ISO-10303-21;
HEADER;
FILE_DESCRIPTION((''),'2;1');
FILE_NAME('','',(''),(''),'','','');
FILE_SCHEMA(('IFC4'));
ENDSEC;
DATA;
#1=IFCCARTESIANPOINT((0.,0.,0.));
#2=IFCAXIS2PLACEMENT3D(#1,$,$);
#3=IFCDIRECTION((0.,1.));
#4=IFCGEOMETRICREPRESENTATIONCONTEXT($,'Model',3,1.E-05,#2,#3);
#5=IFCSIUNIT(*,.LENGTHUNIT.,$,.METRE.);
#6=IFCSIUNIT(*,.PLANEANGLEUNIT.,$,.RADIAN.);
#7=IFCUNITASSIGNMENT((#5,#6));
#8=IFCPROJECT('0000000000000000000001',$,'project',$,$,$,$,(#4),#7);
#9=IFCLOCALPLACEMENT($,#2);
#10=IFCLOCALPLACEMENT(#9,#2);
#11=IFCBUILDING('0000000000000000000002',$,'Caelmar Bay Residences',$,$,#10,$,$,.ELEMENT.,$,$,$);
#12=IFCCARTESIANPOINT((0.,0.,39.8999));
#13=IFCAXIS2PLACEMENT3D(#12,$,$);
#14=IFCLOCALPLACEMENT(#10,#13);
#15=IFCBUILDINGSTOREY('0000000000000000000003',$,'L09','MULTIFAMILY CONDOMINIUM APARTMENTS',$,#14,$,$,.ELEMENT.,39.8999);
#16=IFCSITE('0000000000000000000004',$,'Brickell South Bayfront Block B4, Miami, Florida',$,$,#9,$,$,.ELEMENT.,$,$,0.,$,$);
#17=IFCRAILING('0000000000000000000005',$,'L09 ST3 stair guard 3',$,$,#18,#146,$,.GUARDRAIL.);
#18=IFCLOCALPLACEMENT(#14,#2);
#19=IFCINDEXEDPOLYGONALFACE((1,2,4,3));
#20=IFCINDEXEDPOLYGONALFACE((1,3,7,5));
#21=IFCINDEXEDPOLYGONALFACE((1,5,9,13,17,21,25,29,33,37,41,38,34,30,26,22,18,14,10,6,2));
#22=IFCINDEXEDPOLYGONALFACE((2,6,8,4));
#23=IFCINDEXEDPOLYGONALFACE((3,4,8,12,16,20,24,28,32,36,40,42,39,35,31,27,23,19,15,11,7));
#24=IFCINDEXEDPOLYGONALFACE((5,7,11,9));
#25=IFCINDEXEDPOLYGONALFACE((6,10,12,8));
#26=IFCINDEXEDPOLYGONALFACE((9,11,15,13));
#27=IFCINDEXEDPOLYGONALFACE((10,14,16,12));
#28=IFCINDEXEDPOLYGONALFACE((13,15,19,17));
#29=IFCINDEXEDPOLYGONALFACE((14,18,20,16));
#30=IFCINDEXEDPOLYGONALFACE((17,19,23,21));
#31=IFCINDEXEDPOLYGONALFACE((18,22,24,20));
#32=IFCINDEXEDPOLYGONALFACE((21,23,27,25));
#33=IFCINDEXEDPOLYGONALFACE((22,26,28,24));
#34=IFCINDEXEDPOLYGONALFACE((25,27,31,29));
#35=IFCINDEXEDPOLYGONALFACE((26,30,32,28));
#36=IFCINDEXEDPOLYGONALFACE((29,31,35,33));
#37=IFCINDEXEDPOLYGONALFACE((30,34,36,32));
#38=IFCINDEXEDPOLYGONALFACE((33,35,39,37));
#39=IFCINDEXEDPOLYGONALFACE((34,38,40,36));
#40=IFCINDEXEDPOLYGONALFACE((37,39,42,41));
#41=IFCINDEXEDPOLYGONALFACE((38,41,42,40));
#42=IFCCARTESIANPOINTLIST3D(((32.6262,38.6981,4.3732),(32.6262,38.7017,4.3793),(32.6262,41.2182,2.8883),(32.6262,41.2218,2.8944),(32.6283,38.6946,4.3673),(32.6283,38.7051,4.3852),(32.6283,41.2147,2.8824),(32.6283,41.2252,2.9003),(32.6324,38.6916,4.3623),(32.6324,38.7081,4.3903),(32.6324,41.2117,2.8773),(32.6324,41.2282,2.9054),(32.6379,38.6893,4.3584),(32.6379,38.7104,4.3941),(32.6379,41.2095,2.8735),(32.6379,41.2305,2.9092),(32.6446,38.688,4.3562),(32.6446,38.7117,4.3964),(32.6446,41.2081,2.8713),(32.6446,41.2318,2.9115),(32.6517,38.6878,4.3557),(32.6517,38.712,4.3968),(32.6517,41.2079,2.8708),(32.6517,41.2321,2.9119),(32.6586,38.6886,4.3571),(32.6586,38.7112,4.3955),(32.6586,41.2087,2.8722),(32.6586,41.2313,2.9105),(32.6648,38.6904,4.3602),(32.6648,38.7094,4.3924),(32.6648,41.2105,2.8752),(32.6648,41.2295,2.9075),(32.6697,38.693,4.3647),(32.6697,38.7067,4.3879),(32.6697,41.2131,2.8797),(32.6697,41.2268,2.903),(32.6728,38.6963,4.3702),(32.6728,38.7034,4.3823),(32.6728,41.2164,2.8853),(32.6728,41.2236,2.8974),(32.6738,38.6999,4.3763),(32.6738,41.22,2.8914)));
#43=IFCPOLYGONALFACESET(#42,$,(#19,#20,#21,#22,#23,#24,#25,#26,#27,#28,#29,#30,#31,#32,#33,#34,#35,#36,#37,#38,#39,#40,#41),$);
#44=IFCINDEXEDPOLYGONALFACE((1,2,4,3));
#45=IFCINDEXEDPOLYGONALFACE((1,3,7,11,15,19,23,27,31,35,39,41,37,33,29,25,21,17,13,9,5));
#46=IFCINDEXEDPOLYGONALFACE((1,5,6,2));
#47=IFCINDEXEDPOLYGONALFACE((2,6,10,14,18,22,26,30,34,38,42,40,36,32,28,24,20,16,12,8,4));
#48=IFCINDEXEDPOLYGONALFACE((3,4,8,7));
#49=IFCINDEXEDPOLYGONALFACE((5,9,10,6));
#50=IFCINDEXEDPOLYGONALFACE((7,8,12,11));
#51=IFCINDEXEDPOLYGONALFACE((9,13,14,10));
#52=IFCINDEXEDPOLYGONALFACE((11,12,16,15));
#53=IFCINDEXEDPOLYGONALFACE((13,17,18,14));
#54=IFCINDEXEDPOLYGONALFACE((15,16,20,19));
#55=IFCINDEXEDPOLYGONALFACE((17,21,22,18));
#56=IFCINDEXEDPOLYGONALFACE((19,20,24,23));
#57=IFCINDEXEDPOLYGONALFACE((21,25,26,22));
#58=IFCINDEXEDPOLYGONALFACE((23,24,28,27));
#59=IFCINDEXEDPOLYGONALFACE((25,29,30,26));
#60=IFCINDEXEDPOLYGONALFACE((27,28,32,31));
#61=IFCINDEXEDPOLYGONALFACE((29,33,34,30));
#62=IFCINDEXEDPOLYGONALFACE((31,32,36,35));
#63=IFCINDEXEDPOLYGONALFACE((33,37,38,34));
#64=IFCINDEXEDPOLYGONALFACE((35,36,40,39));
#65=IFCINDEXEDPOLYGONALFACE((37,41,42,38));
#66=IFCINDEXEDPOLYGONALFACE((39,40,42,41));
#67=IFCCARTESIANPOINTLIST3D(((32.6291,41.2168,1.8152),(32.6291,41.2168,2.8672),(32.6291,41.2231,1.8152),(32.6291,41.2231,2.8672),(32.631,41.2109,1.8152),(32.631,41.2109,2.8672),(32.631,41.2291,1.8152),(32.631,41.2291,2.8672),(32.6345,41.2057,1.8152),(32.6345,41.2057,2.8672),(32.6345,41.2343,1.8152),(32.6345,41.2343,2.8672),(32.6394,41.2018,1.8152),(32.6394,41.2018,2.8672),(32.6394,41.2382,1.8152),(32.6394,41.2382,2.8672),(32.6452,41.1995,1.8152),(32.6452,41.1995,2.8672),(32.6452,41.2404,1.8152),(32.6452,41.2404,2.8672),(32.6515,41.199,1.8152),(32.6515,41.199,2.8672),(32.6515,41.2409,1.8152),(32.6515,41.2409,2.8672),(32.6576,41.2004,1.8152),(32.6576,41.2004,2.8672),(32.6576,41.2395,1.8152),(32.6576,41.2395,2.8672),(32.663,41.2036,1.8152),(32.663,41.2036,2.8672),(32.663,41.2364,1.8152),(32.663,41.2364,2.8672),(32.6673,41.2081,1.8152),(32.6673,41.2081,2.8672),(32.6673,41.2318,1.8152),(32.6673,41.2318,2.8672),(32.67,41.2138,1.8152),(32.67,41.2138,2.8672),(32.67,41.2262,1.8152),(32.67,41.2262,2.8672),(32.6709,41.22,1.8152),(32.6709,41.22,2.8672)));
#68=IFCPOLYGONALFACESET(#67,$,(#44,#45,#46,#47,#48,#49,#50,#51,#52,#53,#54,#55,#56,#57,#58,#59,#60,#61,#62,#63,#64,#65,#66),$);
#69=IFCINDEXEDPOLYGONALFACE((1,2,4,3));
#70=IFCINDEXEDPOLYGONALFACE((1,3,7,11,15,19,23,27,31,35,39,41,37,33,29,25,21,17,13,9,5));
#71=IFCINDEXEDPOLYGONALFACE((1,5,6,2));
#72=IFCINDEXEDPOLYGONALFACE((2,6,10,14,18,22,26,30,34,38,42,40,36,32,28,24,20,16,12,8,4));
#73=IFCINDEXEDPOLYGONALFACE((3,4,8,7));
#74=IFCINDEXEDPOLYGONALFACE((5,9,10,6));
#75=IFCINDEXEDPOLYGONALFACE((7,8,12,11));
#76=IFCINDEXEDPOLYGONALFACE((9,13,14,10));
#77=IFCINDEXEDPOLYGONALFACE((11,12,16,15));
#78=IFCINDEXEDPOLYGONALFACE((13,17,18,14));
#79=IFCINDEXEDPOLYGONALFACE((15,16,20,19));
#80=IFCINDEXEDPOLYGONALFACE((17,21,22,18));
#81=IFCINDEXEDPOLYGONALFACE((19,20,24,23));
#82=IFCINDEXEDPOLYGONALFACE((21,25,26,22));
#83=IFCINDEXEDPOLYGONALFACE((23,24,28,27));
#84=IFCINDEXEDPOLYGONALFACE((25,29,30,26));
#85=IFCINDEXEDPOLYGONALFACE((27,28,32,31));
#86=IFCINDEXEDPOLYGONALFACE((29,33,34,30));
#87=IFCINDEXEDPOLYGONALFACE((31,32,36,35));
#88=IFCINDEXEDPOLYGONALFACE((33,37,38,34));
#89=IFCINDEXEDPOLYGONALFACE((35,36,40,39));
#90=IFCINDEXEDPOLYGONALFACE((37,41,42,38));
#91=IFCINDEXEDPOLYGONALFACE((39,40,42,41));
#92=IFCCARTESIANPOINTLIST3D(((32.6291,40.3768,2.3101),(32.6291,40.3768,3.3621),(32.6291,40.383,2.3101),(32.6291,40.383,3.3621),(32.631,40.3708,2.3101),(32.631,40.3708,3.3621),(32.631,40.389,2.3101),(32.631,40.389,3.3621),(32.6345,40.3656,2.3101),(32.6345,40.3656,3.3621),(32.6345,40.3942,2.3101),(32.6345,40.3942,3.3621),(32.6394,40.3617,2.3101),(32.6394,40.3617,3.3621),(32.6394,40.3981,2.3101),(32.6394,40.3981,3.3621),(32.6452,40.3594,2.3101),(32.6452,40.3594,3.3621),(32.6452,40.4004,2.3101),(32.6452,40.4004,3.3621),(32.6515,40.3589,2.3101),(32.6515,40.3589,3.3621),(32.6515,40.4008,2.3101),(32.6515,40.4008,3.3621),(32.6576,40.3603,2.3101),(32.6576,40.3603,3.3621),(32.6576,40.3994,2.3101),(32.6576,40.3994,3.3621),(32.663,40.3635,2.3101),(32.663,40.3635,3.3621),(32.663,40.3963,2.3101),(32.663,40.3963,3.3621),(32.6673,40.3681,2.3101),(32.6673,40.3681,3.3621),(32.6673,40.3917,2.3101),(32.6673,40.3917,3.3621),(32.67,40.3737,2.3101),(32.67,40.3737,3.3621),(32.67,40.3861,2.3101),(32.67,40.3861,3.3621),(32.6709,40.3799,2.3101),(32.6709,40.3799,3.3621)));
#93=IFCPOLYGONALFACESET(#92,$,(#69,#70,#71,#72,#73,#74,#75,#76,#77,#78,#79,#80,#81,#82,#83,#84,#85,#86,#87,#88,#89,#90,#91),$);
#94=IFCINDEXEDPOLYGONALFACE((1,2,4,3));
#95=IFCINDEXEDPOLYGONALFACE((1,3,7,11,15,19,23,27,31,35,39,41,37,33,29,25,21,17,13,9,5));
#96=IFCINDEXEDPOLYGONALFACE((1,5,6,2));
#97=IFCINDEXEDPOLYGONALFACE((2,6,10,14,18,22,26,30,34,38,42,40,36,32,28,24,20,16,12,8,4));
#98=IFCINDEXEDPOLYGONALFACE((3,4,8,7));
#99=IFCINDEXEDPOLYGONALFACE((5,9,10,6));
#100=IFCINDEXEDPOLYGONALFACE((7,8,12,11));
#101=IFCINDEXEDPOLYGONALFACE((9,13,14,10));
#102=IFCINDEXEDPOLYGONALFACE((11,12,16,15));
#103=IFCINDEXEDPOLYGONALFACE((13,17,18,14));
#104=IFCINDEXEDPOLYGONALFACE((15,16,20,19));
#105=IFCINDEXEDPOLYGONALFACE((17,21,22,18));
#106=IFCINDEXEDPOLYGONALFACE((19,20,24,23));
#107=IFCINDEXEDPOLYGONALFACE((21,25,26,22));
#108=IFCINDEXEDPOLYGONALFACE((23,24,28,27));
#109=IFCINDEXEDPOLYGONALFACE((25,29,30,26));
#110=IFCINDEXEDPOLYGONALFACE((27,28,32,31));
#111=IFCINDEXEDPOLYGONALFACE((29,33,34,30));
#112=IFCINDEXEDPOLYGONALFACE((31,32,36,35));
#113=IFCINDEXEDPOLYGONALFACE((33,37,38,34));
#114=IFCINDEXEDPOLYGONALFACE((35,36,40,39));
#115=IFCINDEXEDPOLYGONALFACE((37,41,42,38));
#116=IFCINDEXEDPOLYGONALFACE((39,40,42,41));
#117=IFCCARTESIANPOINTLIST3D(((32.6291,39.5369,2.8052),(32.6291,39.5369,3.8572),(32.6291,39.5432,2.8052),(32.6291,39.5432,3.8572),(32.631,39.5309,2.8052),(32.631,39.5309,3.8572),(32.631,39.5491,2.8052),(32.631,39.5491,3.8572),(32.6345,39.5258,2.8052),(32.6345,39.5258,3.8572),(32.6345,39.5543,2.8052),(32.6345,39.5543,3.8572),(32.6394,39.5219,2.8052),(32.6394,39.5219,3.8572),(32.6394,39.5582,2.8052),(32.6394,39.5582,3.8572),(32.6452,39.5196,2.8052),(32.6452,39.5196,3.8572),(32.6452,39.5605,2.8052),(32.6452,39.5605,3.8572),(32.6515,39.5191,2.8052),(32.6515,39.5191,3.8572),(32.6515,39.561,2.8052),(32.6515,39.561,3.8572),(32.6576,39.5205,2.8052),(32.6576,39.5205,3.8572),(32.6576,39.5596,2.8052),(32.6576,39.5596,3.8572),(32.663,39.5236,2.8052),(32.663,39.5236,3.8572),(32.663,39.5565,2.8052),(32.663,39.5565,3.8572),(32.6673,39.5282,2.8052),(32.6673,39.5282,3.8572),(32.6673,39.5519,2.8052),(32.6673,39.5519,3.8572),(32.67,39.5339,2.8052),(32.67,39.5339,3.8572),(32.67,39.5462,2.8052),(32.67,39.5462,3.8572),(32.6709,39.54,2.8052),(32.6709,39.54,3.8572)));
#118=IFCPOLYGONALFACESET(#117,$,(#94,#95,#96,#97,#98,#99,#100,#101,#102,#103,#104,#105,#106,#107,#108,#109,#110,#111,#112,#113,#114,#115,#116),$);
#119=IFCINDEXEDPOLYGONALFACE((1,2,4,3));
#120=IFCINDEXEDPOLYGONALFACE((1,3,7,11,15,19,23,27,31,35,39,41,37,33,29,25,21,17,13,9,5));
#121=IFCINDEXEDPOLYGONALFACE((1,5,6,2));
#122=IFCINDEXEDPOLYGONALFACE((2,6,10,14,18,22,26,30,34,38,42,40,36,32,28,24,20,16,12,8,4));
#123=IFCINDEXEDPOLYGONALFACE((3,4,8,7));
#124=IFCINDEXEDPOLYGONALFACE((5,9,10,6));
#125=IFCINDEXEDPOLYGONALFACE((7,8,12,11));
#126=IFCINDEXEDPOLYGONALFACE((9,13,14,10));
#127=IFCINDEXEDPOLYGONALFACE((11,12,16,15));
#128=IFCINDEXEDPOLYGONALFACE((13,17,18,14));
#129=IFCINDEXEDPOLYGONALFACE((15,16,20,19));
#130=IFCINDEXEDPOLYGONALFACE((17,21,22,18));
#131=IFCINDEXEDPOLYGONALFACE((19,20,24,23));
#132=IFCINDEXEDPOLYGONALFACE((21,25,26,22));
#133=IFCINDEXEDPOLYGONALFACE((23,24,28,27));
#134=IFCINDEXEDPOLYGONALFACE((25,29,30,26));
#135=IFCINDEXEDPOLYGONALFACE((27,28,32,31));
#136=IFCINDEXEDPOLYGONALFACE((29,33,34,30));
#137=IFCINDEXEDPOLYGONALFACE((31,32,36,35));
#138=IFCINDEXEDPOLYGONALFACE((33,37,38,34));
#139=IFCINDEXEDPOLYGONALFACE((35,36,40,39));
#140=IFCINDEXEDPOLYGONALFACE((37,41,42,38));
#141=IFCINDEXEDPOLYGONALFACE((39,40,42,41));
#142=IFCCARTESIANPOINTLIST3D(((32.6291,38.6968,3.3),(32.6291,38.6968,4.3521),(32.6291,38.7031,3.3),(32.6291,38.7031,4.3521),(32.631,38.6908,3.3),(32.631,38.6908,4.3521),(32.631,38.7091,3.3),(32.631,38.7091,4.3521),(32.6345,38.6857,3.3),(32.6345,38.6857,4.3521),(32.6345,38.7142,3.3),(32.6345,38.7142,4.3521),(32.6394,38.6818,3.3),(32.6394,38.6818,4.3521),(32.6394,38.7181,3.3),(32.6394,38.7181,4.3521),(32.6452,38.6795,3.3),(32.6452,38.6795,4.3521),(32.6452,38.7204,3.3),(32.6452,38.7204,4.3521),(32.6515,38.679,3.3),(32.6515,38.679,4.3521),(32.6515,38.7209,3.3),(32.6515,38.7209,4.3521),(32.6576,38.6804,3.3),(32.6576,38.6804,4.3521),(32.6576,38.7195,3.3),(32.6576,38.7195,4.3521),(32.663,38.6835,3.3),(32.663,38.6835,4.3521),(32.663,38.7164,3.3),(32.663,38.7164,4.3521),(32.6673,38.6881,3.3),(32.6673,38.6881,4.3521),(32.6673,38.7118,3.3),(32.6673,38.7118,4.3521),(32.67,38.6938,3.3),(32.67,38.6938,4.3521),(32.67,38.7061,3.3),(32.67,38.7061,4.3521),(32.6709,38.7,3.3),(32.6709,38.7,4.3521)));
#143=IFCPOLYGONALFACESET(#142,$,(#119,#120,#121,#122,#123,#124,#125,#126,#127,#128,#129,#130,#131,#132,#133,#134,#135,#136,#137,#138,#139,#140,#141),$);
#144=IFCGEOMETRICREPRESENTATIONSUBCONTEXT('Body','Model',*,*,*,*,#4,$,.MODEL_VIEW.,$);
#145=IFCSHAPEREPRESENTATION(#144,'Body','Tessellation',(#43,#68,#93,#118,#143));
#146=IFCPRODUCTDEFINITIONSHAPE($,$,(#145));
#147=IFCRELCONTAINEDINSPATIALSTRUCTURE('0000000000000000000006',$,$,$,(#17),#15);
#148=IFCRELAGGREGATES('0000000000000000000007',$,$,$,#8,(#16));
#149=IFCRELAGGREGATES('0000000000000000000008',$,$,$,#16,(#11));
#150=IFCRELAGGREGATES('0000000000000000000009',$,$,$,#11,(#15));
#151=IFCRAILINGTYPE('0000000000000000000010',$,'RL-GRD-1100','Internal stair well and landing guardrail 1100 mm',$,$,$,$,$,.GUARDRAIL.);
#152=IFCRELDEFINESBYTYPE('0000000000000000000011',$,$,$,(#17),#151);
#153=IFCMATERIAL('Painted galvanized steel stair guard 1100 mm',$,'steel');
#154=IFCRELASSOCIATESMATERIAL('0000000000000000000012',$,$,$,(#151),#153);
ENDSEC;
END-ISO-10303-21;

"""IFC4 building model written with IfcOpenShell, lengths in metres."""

from ifc_helpers import new_model, si_unit, direction, frame, origin, origin_2d, place, context, subcontext, project, spatial, circle, extrude, material, type_object, element, save


model = new_model("IFC4")

# Units and contexts
model_context = context("Model", 3, precision=1e-05, world=origin(), true_north=direction((0.0, 1.0)))
body_context = subcontext(model_context, "Body", "Model", "MODEL_VIEW")
ifc_project = project(units=[si_unit("LENGTHUNIT", "METRE"), si_unit("PLANEANGLEUNIT", "RADIAN")], contexts=[model_context])

# Site, building, storey
site_placement = place(None, origin())
site = spatial("IfcSite", under=ifc_project, at=site_placement, Name="Brickell South Bayfront Block B4, Miami, Florida", CompositionType="ELEMENT", RefElevation=0.0)
building_placement = place(site_placement, origin())
building = spatial("IfcBuilding", under=site, at=building_placement, Name="Caelmar Bay Residences", CompositionType="ELEMENT")
storey_placement = place(building_placement, frame((0.0, 0.0, 39.8999)))
storey = spatial("IfcBuildingStorey", under=building, at=storey_placement, Name="L09", Description="MULTIFAMILY CONDOMINIUM APARTMENTS", CompositionType="ELEMENT", Elevation=39.8999)

# Railing
ifc_material_1 = material(Name="Painted galvanized steel stair guard 1100 mm", Category="steel")
railing_type_1 = type_object("IfcRailingType", Name="RL-GRD-1100", Description="Internal stair well and landing guardrail 1100 mm", PredefinedType="GUARDRAIL", material=ifc_material_1)
railing_1_placement = place(storey_placement, frame((32.6499, 41.22, 1.8152)))
element("IfcRailing", 1, at=railing_1_placement, inside=storey, type_object=railing_type_1, Name="L09 ST3 stair guard 3", PredefinedType="GUARDRAIL", context=body_context, shape_type="SweptSolid", body=[
    extrude(circle(Radius=0.0239, at=origin_2d()), frame((0.0, 0.0, 1.0762), z_axis=(0.0, -0.861561, 0.507655), x_axis=(1.0, 0.0, 0.0)), (0.0, 0.0, 1.0), 2.925),
    extrude(circle(Radius=0.021, at=origin_2d()), origin(), (0.0, 0.0, 1.0), 1.052),
    extrude(circle(Radius=0.021, at=origin_2d()), frame((0.0, -0.8401, 0.4949)), (0.0, 0.0, 1.0), 1.052),
    extrude(circle(Radius=0.021, at=origin_2d()), frame((0.0, -1.6799, 0.99)), (0.0, 0.0, 1.0), 1.052),
    extrude(circle(Radius=0.021, at=origin_2d()), frame((0.0, -2.52, 1.4849)), (0.0, 0.0, 1.0), 1.052),
])

save(model, "model.ifc")
